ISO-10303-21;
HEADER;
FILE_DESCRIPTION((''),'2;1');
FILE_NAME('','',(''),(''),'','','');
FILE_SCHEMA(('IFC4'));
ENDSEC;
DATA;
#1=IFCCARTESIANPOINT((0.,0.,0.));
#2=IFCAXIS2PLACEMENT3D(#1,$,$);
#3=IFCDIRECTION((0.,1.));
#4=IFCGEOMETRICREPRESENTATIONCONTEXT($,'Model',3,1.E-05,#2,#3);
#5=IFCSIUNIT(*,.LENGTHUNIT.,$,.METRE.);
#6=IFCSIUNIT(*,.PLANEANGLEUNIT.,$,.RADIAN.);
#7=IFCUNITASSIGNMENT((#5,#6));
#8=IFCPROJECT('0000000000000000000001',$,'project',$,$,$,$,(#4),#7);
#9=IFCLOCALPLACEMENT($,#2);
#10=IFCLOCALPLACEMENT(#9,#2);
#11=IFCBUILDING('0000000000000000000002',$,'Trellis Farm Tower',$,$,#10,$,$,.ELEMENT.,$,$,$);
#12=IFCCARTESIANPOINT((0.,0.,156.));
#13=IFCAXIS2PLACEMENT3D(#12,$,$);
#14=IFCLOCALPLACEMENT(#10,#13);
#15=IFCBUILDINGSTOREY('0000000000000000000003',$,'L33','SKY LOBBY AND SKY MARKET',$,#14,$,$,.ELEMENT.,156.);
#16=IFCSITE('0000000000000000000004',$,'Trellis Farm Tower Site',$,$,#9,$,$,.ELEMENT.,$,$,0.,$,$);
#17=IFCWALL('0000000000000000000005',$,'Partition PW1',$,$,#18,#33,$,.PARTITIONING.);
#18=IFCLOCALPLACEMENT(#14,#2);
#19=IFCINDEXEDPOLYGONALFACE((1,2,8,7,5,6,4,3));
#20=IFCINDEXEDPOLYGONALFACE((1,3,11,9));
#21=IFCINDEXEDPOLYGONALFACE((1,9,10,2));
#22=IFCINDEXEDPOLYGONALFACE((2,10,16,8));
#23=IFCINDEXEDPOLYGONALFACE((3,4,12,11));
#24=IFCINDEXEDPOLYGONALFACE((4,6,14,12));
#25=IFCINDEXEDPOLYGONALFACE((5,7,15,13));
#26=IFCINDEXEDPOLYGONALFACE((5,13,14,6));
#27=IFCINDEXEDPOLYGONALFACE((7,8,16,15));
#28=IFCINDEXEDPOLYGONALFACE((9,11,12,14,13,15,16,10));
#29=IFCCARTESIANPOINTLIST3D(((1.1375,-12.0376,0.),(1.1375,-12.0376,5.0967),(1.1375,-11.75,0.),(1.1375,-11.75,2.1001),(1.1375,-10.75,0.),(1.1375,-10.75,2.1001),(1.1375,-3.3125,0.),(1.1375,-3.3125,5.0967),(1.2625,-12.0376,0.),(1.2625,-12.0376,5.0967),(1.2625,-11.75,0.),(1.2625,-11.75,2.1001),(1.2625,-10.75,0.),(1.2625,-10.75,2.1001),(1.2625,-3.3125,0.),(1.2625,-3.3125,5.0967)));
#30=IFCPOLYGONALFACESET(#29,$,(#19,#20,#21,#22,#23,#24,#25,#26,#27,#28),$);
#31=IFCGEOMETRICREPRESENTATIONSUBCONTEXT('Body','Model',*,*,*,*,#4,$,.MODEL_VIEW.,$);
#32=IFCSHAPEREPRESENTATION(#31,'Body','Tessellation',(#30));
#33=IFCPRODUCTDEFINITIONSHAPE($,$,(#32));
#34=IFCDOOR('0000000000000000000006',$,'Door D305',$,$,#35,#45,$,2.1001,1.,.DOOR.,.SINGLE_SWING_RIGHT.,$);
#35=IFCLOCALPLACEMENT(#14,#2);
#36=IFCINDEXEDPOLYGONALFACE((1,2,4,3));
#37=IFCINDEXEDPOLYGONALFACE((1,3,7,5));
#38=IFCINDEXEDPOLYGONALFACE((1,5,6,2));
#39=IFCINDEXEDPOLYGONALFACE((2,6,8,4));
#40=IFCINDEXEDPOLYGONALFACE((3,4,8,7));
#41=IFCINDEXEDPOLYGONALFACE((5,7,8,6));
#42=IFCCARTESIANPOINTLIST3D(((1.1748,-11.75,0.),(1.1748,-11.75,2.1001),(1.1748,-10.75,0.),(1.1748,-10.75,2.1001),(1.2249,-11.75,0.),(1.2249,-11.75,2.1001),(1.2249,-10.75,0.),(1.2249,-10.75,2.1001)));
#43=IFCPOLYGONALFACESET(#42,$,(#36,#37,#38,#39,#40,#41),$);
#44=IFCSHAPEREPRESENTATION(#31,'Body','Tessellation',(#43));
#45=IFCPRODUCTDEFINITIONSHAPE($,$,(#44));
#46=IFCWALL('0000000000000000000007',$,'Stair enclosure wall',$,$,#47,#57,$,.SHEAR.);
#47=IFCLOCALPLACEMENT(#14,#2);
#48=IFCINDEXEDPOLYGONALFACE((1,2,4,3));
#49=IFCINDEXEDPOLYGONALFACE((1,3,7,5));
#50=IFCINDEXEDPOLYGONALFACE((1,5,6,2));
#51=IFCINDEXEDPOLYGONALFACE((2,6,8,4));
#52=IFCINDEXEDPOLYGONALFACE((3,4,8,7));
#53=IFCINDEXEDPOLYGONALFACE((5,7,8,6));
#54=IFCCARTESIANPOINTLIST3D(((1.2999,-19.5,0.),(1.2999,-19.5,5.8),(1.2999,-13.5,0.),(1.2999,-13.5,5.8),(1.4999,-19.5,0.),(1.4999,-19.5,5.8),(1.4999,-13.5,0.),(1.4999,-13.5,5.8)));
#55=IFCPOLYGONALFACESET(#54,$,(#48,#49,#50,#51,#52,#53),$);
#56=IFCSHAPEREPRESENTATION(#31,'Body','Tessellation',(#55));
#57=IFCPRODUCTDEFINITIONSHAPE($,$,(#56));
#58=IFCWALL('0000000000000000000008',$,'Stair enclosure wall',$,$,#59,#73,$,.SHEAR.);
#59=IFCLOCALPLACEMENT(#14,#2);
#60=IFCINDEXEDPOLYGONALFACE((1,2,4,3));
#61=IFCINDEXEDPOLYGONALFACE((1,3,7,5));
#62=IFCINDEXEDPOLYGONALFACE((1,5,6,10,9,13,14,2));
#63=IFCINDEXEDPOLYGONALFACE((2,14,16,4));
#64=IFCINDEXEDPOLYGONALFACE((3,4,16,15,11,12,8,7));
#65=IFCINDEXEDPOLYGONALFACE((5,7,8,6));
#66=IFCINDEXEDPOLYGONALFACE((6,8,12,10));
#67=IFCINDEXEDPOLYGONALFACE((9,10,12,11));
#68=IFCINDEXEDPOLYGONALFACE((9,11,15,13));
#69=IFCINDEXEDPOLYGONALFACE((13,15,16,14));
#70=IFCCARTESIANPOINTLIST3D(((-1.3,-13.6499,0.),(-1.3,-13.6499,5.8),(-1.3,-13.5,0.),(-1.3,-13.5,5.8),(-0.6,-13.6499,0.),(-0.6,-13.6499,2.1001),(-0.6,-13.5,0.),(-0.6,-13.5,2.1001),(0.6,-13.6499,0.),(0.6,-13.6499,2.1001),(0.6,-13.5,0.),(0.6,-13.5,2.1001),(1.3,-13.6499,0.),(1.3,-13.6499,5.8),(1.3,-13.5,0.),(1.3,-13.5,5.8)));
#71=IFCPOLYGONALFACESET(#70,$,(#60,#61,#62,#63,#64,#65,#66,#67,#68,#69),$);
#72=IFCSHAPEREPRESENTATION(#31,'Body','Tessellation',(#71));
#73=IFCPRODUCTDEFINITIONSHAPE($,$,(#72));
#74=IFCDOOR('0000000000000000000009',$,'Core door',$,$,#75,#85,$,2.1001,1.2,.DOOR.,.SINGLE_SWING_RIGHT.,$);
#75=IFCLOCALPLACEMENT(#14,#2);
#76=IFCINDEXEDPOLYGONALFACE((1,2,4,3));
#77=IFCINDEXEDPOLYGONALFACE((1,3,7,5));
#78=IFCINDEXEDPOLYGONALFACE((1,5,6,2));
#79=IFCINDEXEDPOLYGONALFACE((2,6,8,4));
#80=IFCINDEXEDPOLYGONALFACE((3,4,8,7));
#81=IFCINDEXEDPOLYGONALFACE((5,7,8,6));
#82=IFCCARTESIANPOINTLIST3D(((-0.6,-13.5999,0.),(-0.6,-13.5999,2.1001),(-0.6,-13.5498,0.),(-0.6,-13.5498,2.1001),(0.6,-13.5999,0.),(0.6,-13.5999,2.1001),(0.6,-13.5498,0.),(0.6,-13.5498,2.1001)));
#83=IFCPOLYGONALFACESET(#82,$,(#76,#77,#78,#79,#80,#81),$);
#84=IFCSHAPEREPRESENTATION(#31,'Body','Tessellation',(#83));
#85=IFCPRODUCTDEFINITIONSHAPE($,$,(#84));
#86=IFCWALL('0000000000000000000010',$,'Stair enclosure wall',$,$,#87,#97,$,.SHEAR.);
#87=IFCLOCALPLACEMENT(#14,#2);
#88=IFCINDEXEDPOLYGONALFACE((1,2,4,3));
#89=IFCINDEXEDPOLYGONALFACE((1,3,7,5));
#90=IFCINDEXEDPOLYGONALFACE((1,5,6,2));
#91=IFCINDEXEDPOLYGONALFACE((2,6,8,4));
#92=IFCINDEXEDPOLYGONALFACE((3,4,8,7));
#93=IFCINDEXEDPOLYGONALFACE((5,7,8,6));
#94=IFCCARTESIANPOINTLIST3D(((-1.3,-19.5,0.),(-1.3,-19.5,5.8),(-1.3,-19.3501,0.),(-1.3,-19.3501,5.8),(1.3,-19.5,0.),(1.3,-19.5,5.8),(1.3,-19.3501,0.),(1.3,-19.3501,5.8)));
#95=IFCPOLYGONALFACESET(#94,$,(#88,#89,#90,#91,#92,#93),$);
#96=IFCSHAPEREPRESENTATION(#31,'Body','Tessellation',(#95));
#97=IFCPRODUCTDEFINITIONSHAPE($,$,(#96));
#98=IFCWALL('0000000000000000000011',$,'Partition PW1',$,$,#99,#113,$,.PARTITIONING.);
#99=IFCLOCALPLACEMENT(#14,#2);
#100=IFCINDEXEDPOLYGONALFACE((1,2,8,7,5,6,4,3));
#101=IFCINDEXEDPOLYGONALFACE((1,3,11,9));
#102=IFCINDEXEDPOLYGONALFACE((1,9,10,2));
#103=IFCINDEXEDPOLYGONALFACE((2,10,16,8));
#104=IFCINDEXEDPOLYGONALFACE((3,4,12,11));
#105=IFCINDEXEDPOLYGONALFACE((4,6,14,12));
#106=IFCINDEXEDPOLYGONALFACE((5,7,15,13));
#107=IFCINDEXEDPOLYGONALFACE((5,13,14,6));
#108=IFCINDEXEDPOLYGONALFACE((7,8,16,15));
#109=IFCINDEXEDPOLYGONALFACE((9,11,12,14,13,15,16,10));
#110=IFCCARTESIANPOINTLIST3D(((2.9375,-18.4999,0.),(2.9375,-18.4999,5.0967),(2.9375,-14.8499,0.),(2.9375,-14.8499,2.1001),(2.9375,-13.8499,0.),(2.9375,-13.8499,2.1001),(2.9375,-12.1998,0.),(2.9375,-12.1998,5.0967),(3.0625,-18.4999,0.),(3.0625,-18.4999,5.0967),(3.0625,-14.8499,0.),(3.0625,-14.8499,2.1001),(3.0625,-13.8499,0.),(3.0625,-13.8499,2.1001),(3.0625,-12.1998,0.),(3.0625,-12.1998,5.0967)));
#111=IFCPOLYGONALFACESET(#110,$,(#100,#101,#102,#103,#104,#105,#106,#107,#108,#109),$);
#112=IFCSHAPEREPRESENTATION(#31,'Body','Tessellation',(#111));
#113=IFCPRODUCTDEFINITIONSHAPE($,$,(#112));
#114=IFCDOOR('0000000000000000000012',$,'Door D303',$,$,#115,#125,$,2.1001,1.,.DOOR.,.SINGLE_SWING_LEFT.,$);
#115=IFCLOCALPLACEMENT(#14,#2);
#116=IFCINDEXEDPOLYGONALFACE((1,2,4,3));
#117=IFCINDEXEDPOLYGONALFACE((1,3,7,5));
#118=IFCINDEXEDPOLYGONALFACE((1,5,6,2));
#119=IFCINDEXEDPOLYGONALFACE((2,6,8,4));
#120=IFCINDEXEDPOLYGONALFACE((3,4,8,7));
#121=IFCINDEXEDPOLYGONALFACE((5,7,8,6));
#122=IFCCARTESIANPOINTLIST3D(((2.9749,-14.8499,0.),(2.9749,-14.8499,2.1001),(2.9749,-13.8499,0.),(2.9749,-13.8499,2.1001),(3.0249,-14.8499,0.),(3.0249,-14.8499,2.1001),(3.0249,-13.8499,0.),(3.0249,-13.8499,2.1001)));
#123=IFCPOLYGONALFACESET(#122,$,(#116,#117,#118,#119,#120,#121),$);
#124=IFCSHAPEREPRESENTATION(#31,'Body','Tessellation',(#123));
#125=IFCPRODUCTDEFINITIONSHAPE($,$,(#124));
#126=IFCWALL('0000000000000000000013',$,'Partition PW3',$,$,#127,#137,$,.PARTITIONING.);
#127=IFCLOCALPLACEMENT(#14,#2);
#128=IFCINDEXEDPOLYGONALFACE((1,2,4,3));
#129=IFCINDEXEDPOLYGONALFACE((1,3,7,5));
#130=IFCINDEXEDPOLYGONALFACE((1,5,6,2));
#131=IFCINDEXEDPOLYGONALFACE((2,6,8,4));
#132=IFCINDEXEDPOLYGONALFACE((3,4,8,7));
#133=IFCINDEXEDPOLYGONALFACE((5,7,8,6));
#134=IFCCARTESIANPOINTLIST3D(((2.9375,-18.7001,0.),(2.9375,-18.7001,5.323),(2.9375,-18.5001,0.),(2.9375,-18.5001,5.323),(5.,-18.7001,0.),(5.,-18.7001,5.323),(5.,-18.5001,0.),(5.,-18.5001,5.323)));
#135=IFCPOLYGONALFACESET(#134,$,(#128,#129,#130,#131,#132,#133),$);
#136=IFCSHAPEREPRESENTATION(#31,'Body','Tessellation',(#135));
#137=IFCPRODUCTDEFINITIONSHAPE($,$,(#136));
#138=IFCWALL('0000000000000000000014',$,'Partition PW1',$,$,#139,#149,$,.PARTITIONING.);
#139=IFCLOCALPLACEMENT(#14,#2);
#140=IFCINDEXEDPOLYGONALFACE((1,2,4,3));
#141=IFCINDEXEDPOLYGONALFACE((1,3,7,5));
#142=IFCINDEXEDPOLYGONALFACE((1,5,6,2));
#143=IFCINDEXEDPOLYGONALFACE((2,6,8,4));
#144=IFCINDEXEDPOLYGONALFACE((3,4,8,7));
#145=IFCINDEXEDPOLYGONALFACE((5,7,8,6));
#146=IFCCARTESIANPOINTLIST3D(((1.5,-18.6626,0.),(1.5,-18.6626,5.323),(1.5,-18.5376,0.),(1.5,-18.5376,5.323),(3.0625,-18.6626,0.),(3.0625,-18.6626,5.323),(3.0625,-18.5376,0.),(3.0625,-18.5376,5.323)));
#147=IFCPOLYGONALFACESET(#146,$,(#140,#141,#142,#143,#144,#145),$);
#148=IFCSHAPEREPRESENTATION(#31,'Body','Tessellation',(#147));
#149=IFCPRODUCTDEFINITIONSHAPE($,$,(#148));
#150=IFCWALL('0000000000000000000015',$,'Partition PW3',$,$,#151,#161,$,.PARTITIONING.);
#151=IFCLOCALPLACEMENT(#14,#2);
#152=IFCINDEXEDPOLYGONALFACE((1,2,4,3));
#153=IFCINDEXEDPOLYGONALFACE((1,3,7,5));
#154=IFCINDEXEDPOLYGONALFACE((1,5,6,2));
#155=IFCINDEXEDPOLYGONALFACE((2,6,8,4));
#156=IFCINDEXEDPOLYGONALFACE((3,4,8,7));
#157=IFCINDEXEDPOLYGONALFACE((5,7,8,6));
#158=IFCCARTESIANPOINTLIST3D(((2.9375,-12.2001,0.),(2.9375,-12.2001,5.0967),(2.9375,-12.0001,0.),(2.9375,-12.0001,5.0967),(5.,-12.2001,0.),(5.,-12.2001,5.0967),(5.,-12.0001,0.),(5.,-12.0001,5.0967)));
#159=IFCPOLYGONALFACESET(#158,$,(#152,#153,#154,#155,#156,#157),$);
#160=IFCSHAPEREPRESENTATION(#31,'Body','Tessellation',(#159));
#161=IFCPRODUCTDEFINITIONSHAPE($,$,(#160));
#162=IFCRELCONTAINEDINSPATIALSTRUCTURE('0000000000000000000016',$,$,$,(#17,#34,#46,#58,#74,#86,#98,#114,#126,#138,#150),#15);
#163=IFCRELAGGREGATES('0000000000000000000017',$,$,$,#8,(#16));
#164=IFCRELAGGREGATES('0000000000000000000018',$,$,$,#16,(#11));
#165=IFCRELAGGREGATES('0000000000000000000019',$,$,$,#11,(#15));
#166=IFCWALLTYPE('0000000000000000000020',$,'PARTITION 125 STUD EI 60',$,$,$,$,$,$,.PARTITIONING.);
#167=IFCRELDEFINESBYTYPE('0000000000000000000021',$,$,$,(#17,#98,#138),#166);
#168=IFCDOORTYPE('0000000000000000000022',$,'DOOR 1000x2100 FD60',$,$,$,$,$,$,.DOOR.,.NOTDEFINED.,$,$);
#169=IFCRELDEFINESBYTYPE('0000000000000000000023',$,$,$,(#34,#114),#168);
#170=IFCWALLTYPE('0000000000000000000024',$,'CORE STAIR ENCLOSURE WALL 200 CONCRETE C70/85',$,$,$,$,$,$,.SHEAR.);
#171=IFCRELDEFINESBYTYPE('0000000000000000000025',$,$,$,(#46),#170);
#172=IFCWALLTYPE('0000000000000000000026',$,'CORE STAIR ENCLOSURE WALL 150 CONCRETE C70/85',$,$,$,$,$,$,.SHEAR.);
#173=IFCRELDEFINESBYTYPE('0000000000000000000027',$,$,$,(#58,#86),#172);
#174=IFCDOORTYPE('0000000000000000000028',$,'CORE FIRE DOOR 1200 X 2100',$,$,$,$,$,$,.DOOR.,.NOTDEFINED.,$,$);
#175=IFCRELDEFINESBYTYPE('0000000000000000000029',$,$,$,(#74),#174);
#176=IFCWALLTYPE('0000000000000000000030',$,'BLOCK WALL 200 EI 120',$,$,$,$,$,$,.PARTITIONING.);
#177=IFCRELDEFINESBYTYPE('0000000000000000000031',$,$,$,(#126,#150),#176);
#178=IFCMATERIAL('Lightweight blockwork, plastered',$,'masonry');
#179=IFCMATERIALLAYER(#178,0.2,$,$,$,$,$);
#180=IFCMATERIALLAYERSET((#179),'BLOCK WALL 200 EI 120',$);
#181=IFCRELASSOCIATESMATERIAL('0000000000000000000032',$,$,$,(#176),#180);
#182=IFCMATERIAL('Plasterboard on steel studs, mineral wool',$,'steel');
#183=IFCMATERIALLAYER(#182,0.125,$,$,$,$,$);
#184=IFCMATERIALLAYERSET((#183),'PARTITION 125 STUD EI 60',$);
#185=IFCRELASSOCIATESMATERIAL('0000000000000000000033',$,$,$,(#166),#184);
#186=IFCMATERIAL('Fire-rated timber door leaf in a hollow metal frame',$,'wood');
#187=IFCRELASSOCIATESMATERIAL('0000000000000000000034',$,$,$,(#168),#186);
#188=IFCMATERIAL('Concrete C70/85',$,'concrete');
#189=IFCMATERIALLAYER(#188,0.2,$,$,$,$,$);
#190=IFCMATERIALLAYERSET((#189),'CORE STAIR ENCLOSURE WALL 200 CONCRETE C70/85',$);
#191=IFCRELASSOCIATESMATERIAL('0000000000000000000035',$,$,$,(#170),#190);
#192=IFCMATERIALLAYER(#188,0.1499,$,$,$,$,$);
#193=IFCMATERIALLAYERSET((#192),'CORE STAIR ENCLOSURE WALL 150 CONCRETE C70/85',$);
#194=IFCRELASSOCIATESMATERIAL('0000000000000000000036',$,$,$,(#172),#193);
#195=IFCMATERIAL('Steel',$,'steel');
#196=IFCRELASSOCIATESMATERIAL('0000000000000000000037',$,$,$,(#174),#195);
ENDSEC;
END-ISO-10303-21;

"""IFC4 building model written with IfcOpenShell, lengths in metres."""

from ifc_helpers import new_model, si_unit, direction, frame, frame_2d, origin, place, context, subcontext, project, spatial, rectangle, extrude, source, transform, mapped, material, layer, layer_set, type_object, element, fill, save


model = new_model("IFC4")

# Units and contexts
model_context = context("Model", 3, precision=1e-05, world=origin(), true_north=direction((0.0, 1.0)))
body_context = subcontext(model_context, "Body", "Model", "MODEL_VIEW")
ifc_project = project(units=[si_unit("LENGTHUNIT", "METRE"), si_unit("PLANEANGLEUNIT", "RADIAN")], contexts=[model_context])

# Site, building, storey
site_placement = place(None, origin())
site = spatial("IfcSite", under=ifc_project, at=site_placement, Name="Trellis Farm Tower Site", CompositionType="ELEMENT", RefElevation=0.0)
building_placement = place(site_placement, origin())
building = spatial("IfcBuilding", under=site, at=building_placement, Name="Trellis Farm Tower", CompositionType="ELEMENT")
storey_placement = place(building_placement, frame((0.0, 0.0, 156.0)))
storey = spatial("IfcBuildingStorey", under=building, at=storey_placement, Name="L33", Description="SKY LOBBY AND SKY MARKET", CompositionType="ELEMENT", Elevation=156.0)

# Shared definitions
ifc_material_1 = material(Name="Concrete C70/85", Category="concrete")

# Shared definitions
ifc_material_2 = material(Name="Lightweight blockwork, plastered", Category="masonry")
ifc_layer_1 = layer(ifc_material_2, 0.2)
ifc_layer_set_1 = layer_set([ifc_layer_1], Name="BLOCK WALL 200 EI 120")
wall_type_1 = type_object("IfcWallType", Name="BLOCK WALL 200 EI 120", PredefinedType="PARTITIONING", material=ifc_layer_set_1)

# Wall, opening, door
ifc_material_3 = material(Name="Plasterboard on steel studs, mineral wool", Category="steel")
ifc_layer_2 = layer(ifc_material_3, 0.125)
ifc_layer_set_2 = layer_set([ifc_layer_2], Name="PARTITION 125 STUD EI 60")
wall_type_2 = type_object("IfcWallType", Name="PARTITION 125 STUD EI 60", PredefinedType="PARTITIONING", material=ifc_layer_set_2)
wall_1_placement = place(storey_placement, frame((1.2, -3.3125, 0.0), z_axis=(0.0, 0.0, 1.0), x_axis=(0.0, -1.0, 0.0)))
wall_1 = element("IfcWall", 1, at=wall_1_placement, inside=storey, type_object=wall_type_2, Name="Partition PW1", PredefinedType="PARTITIONING", context=body_context, shape_type="SweptSolid", body=[
    extrude(rectangle(XDim=8.7251, YDim=0.125, at=frame_2d((4.3625, 0.0))), origin(), (0.0, 0.0, 1.0), 5.0967),
])
shared_shape_1 = source(origin(), body_context, "Body", "SweptSolid", [
    extrude(rectangle(XDim=1.0, YDim=2.1001, at=frame_2d((0.5, 1.05))), frame((0.0, 0.0725, 0.0), z_axis=(0.0, -1.0, 0.0), x_axis=(1.0, 0.0, 0.0)), (0.0, 0.0, 1.0), 0.145),
])
opening_1_placement = place(wall_1_placement, frame((7.4375, 0.0, 0.0)))
opening_1 = element("IfcOpeningElement", 2, at=opening_1_placement, cuts=wall_1, PredefinedType="OPENING", context=body_context, shape_type="MappedRepresentation", body=[
    mapped(shared_shape_1, transform((0.0, 0.0, 0.0))),
])
ifc_material_4 = material(Name="Fire-rated timber door leaf in a hollow metal frame", Category="wood")
door_type_1 = type_object("IfcDoorType", Name="DOOR 1000x2100 FD60", OperationType="NOTDEFINED", PredefinedType="DOOR", material=ifc_material_4)
shared_shape_2 = source(origin(), body_context, "Body", "SweptSolid", [
    extrude(rectangle(XDim=1.0, YDim=2.1001, at=frame_2d((0.5, 1.05))), frame((0.0, 0.0249, 0.0), z_axis=(0.0, -1.0, 0.0), x_axis=(1.0, 0.0, 0.0)), (0.0, 0.0, 1.0), 0.05),
])
door_1_placement = place(opening_1_placement, origin())
door_1 = element("IfcDoor", 3, at=door_1_placement, inside=storey, type_object=door_type_1, Name="Door D305", OperationType="SINGLE_SWING_RIGHT", OverallHeight=2.1001, OverallWidth=1.0, PredefinedType="DOOR", context=body_context, shape_type="MappedRepresentation", body=[
    mapped(shared_shape_2, transform((0.0, 0.0, 0.0))),
])
fill(opening_1, door_1)

# Wall
ifc_layer_3 = layer(ifc_material_1, 0.2)
ifc_layer_set_3 = layer_set([ifc_layer_3], Name="CORE STAIR ENCLOSURE WALL 200 CONCRETE C70/85")
wall_type_3 = type_object("IfcWallType", Name="CORE STAIR ENCLOSURE WALL 200 CONCRETE C70/85", PredefinedType="SHEAR", material=ifc_layer_set_3)
shared_shape_3 = source(origin(), body_context, "Body", "SweptSolid", [
    extrude(rectangle(XDim=6.0, YDim=0.2, at=frame_2d((3.0, 0.0))), origin(), (0.0, 0.0, 1.0), 5.8),
])
wall_2_placement = place(storey_placement, frame((1.3999, -13.5, 0.0), z_axis=(0.0, 0.0, 1.0), x_axis=(0.0, -1.0, 0.0)))
element("IfcWall", 4, at=wall_2_placement, inside=storey, type_object=wall_type_3, Name="Stair enclosure wall", PredefinedType="SHEAR", context=body_context, shape_type="MappedRepresentation", body=[
    mapped(shared_shape_3, transform((0.0, 0.0, 0.0))),
])

# Wall, opening, door
ifc_layer_4 = layer(ifc_material_1, 0.1499)
ifc_layer_set_4 = layer_set([ifc_layer_4], Name="CORE STAIR ENCLOSURE WALL 150 CONCRETE C70/85")
wall_type_4 = type_object("IfcWallType", Name="CORE STAIR ENCLOSURE WALL 150 CONCRETE C70/85", PredefinedType="SHEAR", material=ifc_layer_set_4)
shared_shape_4 = source(origin(), body_context, "Body", "SweptSolid", [
    extrude(rectangle(XDim=2.6001, YDim=0.1499, at=frame_2d((1.3, 0.0))), origin(), (0.0, 0.0, 1.0), 5.8),
])
wall_3_placement = place(storey_placement, frame((1.3, -13.575, 0.0), z_axis=(0.0, 0.0, 1.0), x_axis=(-1.0, 0.0, 0.0)))
wall_3 = element("IfcWall", 5, at=wall_3_placement, inside=storey, type_object=wall_type_4, Name="Stair enclosure wall", PredefinedType="SHEAR", context=body_context, shape_type="MappedRepresentation", body=[
    mapped(shared_shape_4, transform((0.0, 0.0, 0.0))),
])
shared_shape_5 = source(origin(), body_context, "Body", "SweptSolid", [
    extrude(rectangle(XDim=1.2, YDim=2.1001, at=frame_2d((0.6001, 1.05))), frame((0.0, 0.085, 0.0), z_axis=(0.0, -1.0, 0.0), x_axis=(1.0, 0.0, 0.0)), (0.0, 0.0, 1.0), 0.1699),
])
opening_2_placement = place(wall_3_placement, frame((0.7, 0.0, 0.0)))
opening_2 = element("IfcOpeningElement", 6, at=opening_2_placement, cuts=wall_3, PredefinedType="OPENING", context=body_context, shape_type="MappedRepresentation", body=[
    mapped(shared_shape_5, transform((0.0, 0.0, 0.0))),
])
ifc_material_5 = material(Name="Steel", Category="steel")
door_type_2 = type_object("IfcDoorType", Name="CORE FIRE DOOR 1200 X 2100", OperationType="NOTDEFINED", PredefinedType="DOOR", material=ifc_material_5)
shared_shape_6 = source(origin(), body_context, "Body", "SweptSolid", [
    extrude(rectangle(XDim=1.2, YDim=2.1001, at=frame_2d((0.6001, 1.05))), frame((0.0, 0.0249, 0.0), z_axis=(0.0, -1.0, 0.0), x_axis=(1.0, 0.0, 0.0)), (0.0, 0.0, 1.0), 0.05),
])
door_2_placement = place(opening_2_placement, origin())
door_2 = element("IfcDoor", 7, at=door_2_placement, inside=storey, type_object=door_type_2, Name="Core door", OperationType="SINGLE_SWING_RIGHT", OverallHeight=2.1001, OverallWidth=1.2, PredefinedType="DOOR", context=body_context, shape_type="MappedRepresentation", body=[
    mapped(shared_shape_6, transform((0.0, 0.0, 0.0))),
])
fill(opening_2, door_2)

# Wall
wall_4_placement = place(storey_placement, frame((1.3, -19.425, 0.0), z_axis=(0.0, 0.0, 1.0), x_axis=(-1.0, 0.0, 0.0)))
element("IfcWall", 8, at=wall_4_placement, inside=storey, type_object=wall_type_4, Name="Stair enclosure wall", PredefinedType="SHEAR", context=body_context, shape_type="MappedRepresentation", body=[
    mapped(shared_shape_4, transform((0.0, 0.0, 0.0))),
])

# Wall, opening, door
shared_shape_7 = source(origin(), body_context, "Body", "SweptSolid", [
    extrude(rectangle(XDim=6.3, YDim=0.125, at=frame_2d((3.1499, 0.0))), origin(), (0.0, 0.0, 1.0), 5.0967),
])
wall_5_placement = place(storey_placement, frame((3.0, -12.2, 0.0), z_axis=(0.0, 0.0, 1.0), x_axis=(0.0, -1.0, 0.0)))
wall_5 = element("IfcWall", 9, at=wall_5_placement, inside=storey, type_object=wall_type_2, Name="Partition PW1", PredefinedType="PARTITIONING", context=body_context, shape_type="MappedRepresentation", body=[
    mapped(shared_shape_7, transform((0.0, 0.0, 0.0))),
])
opening_3_placement = place(wall_5_placement, frame((1.6499, 0.0, 0.0)))
opening_3 = element("IfcOpeningElement", 10, at=opening_3_placement, cuts=wall_5, PredefinedType="OPENING", context=body_context, shape_type="MappedRepresentation", body=[
    mapped(shared_shape_1, transform((0.0, 0.0, 0.0))),
])
door_3_placement = place(opening_3_placement, origin())
door_3 = element("IfcDoor", 11, at=door_3_placement, inside=storey, type_object=door_type_1, Name="Door D303", OperationType="SINGLE_SWING_LEFT", OverallHeight=2.1001, OverallWidth=1.0, PredefinedType="DOOR", context=body_context, shape_type="MappedRepresentation", body=[
    mapped(shared_shape_2, transform((0.0, 0.0, 0.0))),
])
fill(opening_3, door_3)

# Walls
shared_shape_8 = source(origin(), body_context, "Body", "SweptSolid", [
    extrude(rectangle(XDim=2.0625, YDim=0.2, at=frame_2d((1.0312, 0.0))), origin(), (0.0, 0.0, 1.0), 5.323),
])
wall_6_placement = place(storey_placement, frame((2.9375, -18.6001, 0.0), z_axis=(0.0, 0.0, 1.0), x_axis=(1.0, 0.0, 0.0)))
element("IfcWall", 12, at=wall_6_placement, inside=storey, type_object=wall_type_1, Name="Partition PW3", PredefinedType="PARTITIONING", context=body_context, shape_type="MappedRepresentation", body=[
    mapped(shared_shape_8, transform((0.0, 0.0, 0.0))),
])
shared_shape_9 = source(origin(), body_context, "Body", "SweptSolid", [
    extrude(rectangle(XDim=1.5625, YDim=0.125, at=frame_2d((0.7812, 0.0))), origin(), (0.0, 0.0, 1.0), 5.323),
])
wall_7_placement = place(storey_placement, frame((3.0625, -18.6001, 0.0), z_axis=(0.0, 0.0, 1.0), x_axis=(-1.0, 0.0, 0.0)))
element("IfcWall", 13, at=wall_7_placement, inside=storey, type_object=wall_type_2, Name="Partition PW1", PredefinedType="PARTITIONING", context=body_context, shape_type="MappedRepresentation", body=[
    mapped(shared_shape_9, transform((0.0, 0.0, 0.0))),
])
shared_shape_10 = source(origin(), body_context, "Body", "SweptSolid", [
    extrude(rectangle(XDim=2.0625, YDim=0.2, at=frame_2d((1.0312, 0.0))), origin(), (0.0, 0.0, 1.0), 5.0967),
])
wall_8_placement = place(storey_placement, frame((2.9375, -12.1001, 0.0), z_axis=(0.0, 0.0, 1.0), x_axis=(1.0, 0.0, 0.0)))
element("IfcWall", 14, at=wall_8_placement, inside=storey, type_object=wall_type_1, Name="Partition PW3", PredefinedType="PARTITIONING", context=body_context, shape_type="MappedRepresentation", body=[
    mapped(shared_shape_10, transform((0.0, 0.0, 0.0))),
])

save(model, "model.ifc")
